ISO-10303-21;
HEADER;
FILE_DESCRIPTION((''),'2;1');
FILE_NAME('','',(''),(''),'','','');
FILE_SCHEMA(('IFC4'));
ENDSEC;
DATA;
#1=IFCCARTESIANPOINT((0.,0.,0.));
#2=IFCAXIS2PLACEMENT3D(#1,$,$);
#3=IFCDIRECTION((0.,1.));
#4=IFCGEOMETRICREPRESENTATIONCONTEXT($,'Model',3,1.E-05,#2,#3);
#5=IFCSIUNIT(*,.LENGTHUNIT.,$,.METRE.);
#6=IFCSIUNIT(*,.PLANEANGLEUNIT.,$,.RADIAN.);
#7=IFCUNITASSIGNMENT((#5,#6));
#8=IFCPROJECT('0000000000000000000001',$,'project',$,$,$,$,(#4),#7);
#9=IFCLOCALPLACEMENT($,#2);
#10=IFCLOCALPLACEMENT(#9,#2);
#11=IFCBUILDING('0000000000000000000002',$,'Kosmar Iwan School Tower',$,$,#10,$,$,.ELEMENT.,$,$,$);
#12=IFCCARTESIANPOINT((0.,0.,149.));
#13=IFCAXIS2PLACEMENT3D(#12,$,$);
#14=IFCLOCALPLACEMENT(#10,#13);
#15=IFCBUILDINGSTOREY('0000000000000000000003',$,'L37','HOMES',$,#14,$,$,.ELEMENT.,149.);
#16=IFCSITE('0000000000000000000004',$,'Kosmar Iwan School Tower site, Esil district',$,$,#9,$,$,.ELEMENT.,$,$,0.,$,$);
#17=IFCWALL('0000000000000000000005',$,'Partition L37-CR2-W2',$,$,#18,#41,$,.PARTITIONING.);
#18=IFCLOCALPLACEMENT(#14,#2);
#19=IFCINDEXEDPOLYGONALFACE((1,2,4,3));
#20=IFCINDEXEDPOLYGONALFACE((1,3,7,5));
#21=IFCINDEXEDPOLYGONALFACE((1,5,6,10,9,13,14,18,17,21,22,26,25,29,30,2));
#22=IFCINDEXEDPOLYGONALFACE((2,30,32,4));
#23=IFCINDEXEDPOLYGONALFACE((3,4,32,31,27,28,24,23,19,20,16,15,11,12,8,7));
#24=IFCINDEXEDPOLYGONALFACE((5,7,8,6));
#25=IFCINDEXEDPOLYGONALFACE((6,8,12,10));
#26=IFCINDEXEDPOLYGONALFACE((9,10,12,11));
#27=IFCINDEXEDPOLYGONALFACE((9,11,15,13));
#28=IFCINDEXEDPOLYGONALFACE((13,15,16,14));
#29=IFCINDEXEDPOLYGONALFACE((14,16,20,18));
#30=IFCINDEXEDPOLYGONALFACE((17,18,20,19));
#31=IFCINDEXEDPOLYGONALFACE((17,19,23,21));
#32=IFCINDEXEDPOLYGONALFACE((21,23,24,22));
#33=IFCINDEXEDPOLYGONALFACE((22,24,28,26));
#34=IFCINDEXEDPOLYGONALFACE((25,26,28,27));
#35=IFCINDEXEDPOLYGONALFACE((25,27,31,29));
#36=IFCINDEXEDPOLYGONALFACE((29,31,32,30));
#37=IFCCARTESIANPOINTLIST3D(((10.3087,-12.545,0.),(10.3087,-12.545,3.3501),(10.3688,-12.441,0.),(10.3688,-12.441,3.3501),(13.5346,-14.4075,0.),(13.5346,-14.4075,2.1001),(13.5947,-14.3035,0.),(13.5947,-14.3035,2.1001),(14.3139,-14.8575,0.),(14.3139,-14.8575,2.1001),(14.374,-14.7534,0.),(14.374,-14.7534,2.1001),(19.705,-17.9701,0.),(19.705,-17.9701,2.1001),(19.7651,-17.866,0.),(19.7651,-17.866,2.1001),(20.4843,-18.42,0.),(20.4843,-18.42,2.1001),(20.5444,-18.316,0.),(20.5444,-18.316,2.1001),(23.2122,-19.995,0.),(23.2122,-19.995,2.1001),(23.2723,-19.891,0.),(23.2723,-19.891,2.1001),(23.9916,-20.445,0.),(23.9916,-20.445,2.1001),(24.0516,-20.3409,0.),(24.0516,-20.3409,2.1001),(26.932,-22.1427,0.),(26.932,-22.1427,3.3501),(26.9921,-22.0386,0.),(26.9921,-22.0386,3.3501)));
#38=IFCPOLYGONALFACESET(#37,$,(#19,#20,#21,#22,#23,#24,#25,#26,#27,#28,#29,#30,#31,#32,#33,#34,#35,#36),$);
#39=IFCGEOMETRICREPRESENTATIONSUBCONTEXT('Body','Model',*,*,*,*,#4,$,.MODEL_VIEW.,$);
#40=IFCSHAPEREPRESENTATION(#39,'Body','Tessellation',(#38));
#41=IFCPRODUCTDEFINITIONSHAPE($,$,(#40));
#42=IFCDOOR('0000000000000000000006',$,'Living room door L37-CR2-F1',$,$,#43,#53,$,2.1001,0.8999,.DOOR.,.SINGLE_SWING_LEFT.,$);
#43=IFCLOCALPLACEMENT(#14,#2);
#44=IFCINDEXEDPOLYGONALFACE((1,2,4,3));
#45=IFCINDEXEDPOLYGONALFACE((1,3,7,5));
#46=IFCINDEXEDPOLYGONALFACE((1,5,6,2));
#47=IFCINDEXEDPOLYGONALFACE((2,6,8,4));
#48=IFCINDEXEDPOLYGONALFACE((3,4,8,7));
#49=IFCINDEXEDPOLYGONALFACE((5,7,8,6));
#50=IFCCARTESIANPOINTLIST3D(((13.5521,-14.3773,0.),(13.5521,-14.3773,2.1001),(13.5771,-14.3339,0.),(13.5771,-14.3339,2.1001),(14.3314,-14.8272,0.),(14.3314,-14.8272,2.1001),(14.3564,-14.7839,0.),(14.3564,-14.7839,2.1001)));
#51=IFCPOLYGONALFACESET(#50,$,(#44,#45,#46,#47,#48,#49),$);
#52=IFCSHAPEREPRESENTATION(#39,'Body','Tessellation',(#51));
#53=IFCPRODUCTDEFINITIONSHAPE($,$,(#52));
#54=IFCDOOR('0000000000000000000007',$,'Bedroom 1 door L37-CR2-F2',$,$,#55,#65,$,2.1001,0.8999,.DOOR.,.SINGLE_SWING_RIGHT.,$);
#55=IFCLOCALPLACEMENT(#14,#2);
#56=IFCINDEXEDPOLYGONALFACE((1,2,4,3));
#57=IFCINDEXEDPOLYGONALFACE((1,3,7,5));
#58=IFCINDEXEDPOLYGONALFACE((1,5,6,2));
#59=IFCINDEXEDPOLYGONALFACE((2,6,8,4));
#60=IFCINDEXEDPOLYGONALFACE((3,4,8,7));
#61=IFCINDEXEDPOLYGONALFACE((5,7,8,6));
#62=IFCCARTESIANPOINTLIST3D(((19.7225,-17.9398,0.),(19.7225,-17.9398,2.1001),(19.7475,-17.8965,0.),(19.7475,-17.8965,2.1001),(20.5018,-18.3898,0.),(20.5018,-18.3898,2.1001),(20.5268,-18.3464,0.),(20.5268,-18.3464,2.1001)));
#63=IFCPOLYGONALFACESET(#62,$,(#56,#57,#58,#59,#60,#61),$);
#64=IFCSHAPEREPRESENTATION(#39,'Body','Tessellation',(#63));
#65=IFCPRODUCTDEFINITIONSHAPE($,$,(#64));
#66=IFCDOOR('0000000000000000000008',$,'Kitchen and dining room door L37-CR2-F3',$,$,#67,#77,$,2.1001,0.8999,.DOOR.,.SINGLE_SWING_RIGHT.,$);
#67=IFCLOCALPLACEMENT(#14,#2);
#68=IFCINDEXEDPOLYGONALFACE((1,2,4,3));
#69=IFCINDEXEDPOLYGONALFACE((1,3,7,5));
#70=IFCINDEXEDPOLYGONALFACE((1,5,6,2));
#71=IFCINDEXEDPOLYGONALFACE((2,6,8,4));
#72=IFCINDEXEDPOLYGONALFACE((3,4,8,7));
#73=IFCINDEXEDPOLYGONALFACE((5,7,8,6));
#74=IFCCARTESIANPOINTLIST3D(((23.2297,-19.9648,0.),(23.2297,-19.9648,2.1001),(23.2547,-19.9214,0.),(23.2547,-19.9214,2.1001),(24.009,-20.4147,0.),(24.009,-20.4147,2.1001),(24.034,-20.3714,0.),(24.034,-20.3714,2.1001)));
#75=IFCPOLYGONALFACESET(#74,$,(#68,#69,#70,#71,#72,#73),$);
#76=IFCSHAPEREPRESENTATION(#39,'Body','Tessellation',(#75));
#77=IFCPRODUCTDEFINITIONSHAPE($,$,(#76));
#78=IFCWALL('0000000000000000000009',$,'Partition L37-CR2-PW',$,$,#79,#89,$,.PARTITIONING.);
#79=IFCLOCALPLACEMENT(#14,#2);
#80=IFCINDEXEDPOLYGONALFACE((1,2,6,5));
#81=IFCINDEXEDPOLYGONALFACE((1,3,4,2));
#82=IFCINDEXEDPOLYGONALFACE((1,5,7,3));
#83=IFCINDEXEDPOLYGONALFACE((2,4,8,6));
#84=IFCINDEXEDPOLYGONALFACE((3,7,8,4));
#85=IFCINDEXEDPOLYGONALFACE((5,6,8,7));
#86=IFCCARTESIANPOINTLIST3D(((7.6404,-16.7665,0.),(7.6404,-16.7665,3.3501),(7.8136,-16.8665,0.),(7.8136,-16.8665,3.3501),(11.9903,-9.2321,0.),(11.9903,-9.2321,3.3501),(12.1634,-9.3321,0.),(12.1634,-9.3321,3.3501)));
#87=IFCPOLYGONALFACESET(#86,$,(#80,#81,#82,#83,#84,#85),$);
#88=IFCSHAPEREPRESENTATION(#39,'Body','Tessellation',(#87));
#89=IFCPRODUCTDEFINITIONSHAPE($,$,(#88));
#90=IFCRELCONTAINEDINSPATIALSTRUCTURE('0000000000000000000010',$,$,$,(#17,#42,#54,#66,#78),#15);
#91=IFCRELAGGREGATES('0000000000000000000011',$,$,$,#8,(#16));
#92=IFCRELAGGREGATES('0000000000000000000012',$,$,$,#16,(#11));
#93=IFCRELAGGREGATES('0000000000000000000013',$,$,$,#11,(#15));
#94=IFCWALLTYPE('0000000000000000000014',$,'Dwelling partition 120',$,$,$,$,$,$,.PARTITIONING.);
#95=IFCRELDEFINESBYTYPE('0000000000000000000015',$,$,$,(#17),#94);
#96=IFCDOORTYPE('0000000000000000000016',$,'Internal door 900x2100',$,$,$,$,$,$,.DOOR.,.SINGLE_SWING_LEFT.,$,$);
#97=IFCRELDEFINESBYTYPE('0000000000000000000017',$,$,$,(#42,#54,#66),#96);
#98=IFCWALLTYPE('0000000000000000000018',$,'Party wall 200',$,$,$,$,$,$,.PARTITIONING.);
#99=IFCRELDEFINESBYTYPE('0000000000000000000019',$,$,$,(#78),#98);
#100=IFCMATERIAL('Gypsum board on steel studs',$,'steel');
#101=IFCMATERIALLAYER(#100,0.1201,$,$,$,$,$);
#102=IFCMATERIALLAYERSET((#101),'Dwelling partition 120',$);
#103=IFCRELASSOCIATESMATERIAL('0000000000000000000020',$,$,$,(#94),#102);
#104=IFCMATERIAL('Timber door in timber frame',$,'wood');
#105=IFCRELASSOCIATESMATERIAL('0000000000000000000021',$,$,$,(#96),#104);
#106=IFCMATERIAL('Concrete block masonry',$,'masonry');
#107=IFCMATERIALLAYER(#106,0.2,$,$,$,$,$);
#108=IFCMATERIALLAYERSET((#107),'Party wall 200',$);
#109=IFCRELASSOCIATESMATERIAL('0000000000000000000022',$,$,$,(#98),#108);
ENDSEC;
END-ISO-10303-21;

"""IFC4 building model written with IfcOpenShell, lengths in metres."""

from ifc_helpers import new_model, si_unit, direction, frame, frame_2d, origin, place, context, subcontext, project, spatial, rectangle, extrude, material, layer, layer_set, type_object, element, fill, save


model = new_model("IFC4")

# Units and contexts
model_context = context("Model", 3, precision=1e-05, world=origin(), true_north=direction((0.0, 1.0)))
body_context = subcontext(model_context, "Body", "Model", "MODEL_VIEW")
ifc_project = project(units=[si_unit("LENGTHUNIT", "METRE"), si_unit("PLANEANGLEUNIT", "RADIAN")], contexts=[model_context])

# Site, building, storey
site_placement = place(None, origin())
site = spatial("IfcSite", under=ifc_project, at=site_placement, Name="Kosmar Iwan School Tower site, Esil district", CompositionType="ELEMENT", RefElevation=0.0)
building_placement = place(site_placement, origin())
building = spatial("IfcBuilding", under=site, at=building_placement, Name="Kosmar Iwan School Tower", CompositionType="ELEMENT")
storey_placement = place(building_placement, frame((0.0, 0.0, 149.0)))
storey = spatial("IfcBuildingStorey", under=building, at=storey_placement, Name="L37", Description="HOMES", CompositionType="ELEMENT", Elevation=149.0)

# Shared definitions
ifc_material_1 = material(Name="Gypsum board on steel studs", Category="steel")
ifc_layer_1 = layer(ifc_material_1, 0.1201)
ifc_layer_set_1 = layer_set([ifc_layer_1], Name="Dwelling partition 120")
wall_type_1 = type_object("IfcWallType", Name="Dwelling partition 120", PredefinedType="PARTITIONING", material=ifc_layer_set_1)

# Wall, openings, doors
ifc_material_2 = material(Name="Timber door in timber frame", Category="wood")
door_type_1 = type_object("IfcDoorType", Name="Internal door 900x2100", OperationType="SINGLE_SWING_LEFT", PredefinedType="DOOR", material=ifc_material_2)
wall_1_placement = place(storey_placement, frame((10.3386, -12.4929, 0.0), z_axis=(0.0, 0.0, 1.0), x_axis=(0.866021, -0.500008, 0.0)))
wall_1 = element("IfcWall", 1, at=wall_1_placement, inside=storey, type_object=wall_type_1, Name="Partition L37-CR2-W2", PredefinedType="PARTITIONING", context=body_context, shape_type="SweptSolid", body=[
    extrude(rectangle(XDim=19.1951, YDim=0.1201, at=frame_2d((9.5977, 0.0))), origin(), (0.0, 0.0, 1.0), 3.3501),
])
opening_1_placement = place(wall_1_placement, frame((3.7251, 0.0, 0.0)))
opening_1 = element("IfcOpeningElement", 2, at=opening_1_placement, cuts=wall_1, PredefinedType="OPENING", context=body_context, shape_type="SweptSolid", body=[
    extrude(rectangle(XDim=0.8999, YDim=2.1001, at=frame_2d((0.45, 1.05))), frame((0.0, 0.072, 0.0), z_axis=(0.0, -1.0, 0.0), x_axis=(1.0, 0.0, 0.0)), (0.0, 0.0, 1.0), 0.144),
])
opening_2_placement = place(wall_1_placement, frame((10.8501, 0.0, 0.0)))
opening_2 = element("IfcOpeningElement", 3, at=opening_2_placement, cuts=wall_1, PredefinedType="OPENING", context=body_context, shape_type="SweptSolid", body=[
    extrude(rectangle(XDim=0.8999, YDim=2.1001, at=frame_2d((0.45, 1.05))), frame((0.0, 0.072, 0.0), z_axis=(0.0, -1.0, 0.0), x_axis=(1.0, 0.0, 0.0)), (0.0, 0.0, 1.0), 0.144),
])
opening_3_placement = place(wall_1_placement, frame((14.8999, 0.0, 0.0)))
opening_3 = element("IfcOpeningElement", 4, at=opening_3_placement, cuts=wall_1, PredefinedType="OPENING", context=body_context, shape_type="SweptSolid", body=[
    extrude(rectangle(XDim=0.8999, YDim=2.1001, at=frame_2d((0.45, 1.05))), frame((0.0, 0.072, 0.0), z_axis=(0.0, -1.0, 0.0), x_axis=(1.0, 0.0, 0.0)), (0.0, 0.0, 1.0), 0.144),
])
door_1_placement = place(opening_1_placement, origin())
door_1 = element("IfcDoor", 5, at=door_1_placement, inside=storey, type_object=door_type_1, Name="Living room door L37-CR2-F1", OperationType="SINGLE_SWING_LEFT", OverallHeight=2.1001, OverallWidth=0.8999, PredefinedType="DOOR", context=body_context, shape_type="SweptSolid", body=[
    extrude(rectangle(XDim=0.8999, YDim=2.1001, at=frame_2d((0.45, 1.05))), frame((0.0, 0.0249, 0.0), z_axis=(0.0, -1.0, 0.0), x_axis=(1.0, 0.0, 0.0)), (0.0, 0.0, 1.0), 0.05),
])
fill(opening_1, door_1)
door_2_placement = place(opening_2_placement, origin())
door_2 = element("IfcDoor", 6, at=door_2_placement, inside=storey, type_object=door_type_1, Name="Bedroom 1 door L37-CR2-F2", OperationType="SINGLE_SWING_RIGHT", OverallHeight=2.1001, OverallWidth=0.8999, PredefinedType="DOOR", context=body_context, shape_type="SweptSolid", body=[
    extrude(rectangle(XDim=0.8999, YDim=2.1001, at=frame_2d((0.45, 1.05))), frame((0.0, 0.0249, 0.0), z_axis=(0.0, -1.0, 0.0), x_axis=(1.0, 0.0, 0.0)), (0.0, 0.0, 1.0), 0.05),
])
fill(opening_2, door_2)
door_3_placement = place(opening_3_placement, origin())
door_3 = element("IfcDoor", 7, at=door_3_placement, inside=storey, type_object=door_type_1, Name="Kitchen and dining room door L37-CR2-F3", OperationType="SINGLE_SWING_RIGHT", OverallHeight=2.1001, OverallWidth=0.8999, PredefinedType="DOOR", context=body_context, shape_type="SweptSolid", body=[
    extrude(rectangle(XDim=0.8999, YDim=2.1001, at=frame_2d((0.45, 1.05))), frame((0.0, 0.0249, 0.0), z_axis=(0.0, -1.0, 0.0), x_axis=(1.0, 0.0, 0.0)), (0.0, 0.0, 1.0), 0.05),
])
fill(opening_3, door_3)

# Wall
ifc_material_3 = material(Name="Concrete block masonry", Category="masonry")
ifc_layer_2 = layer(ifc_material_3, 0.2)
ifc_layer_set_2 = layer_set([ifc_layer_2], Name="Party wall 200")
wall_type_2 = type_object("IfcWallType", Name="Party wall 200", PredefinedType="PARTITIONING", material=ifc_layer_set_2)
wall_2_placement = place(storey_placement, frame((12.0769, -9.282, 0.0), z_axis=(0.0, 0.0, 1.0), x_axis=(-0.499987, -0.866033, 0.0)))
element("IfcWall", 8, at=wall_2_placement, inside=storey, type_object=wall_type_2, Name="Partition L37-CR2-PW", PredefinedType="PARTITIONING", context=body_context, shape_type="SweptSolid", body=[
    extrude(rectangle(XDim=8.7, YDim=0.2, at=frame_2d((4.3501, 0.0))), origin(), (0.0, 0.0, 1.0), 3.3501),
])

save(model, "model.ifc")
